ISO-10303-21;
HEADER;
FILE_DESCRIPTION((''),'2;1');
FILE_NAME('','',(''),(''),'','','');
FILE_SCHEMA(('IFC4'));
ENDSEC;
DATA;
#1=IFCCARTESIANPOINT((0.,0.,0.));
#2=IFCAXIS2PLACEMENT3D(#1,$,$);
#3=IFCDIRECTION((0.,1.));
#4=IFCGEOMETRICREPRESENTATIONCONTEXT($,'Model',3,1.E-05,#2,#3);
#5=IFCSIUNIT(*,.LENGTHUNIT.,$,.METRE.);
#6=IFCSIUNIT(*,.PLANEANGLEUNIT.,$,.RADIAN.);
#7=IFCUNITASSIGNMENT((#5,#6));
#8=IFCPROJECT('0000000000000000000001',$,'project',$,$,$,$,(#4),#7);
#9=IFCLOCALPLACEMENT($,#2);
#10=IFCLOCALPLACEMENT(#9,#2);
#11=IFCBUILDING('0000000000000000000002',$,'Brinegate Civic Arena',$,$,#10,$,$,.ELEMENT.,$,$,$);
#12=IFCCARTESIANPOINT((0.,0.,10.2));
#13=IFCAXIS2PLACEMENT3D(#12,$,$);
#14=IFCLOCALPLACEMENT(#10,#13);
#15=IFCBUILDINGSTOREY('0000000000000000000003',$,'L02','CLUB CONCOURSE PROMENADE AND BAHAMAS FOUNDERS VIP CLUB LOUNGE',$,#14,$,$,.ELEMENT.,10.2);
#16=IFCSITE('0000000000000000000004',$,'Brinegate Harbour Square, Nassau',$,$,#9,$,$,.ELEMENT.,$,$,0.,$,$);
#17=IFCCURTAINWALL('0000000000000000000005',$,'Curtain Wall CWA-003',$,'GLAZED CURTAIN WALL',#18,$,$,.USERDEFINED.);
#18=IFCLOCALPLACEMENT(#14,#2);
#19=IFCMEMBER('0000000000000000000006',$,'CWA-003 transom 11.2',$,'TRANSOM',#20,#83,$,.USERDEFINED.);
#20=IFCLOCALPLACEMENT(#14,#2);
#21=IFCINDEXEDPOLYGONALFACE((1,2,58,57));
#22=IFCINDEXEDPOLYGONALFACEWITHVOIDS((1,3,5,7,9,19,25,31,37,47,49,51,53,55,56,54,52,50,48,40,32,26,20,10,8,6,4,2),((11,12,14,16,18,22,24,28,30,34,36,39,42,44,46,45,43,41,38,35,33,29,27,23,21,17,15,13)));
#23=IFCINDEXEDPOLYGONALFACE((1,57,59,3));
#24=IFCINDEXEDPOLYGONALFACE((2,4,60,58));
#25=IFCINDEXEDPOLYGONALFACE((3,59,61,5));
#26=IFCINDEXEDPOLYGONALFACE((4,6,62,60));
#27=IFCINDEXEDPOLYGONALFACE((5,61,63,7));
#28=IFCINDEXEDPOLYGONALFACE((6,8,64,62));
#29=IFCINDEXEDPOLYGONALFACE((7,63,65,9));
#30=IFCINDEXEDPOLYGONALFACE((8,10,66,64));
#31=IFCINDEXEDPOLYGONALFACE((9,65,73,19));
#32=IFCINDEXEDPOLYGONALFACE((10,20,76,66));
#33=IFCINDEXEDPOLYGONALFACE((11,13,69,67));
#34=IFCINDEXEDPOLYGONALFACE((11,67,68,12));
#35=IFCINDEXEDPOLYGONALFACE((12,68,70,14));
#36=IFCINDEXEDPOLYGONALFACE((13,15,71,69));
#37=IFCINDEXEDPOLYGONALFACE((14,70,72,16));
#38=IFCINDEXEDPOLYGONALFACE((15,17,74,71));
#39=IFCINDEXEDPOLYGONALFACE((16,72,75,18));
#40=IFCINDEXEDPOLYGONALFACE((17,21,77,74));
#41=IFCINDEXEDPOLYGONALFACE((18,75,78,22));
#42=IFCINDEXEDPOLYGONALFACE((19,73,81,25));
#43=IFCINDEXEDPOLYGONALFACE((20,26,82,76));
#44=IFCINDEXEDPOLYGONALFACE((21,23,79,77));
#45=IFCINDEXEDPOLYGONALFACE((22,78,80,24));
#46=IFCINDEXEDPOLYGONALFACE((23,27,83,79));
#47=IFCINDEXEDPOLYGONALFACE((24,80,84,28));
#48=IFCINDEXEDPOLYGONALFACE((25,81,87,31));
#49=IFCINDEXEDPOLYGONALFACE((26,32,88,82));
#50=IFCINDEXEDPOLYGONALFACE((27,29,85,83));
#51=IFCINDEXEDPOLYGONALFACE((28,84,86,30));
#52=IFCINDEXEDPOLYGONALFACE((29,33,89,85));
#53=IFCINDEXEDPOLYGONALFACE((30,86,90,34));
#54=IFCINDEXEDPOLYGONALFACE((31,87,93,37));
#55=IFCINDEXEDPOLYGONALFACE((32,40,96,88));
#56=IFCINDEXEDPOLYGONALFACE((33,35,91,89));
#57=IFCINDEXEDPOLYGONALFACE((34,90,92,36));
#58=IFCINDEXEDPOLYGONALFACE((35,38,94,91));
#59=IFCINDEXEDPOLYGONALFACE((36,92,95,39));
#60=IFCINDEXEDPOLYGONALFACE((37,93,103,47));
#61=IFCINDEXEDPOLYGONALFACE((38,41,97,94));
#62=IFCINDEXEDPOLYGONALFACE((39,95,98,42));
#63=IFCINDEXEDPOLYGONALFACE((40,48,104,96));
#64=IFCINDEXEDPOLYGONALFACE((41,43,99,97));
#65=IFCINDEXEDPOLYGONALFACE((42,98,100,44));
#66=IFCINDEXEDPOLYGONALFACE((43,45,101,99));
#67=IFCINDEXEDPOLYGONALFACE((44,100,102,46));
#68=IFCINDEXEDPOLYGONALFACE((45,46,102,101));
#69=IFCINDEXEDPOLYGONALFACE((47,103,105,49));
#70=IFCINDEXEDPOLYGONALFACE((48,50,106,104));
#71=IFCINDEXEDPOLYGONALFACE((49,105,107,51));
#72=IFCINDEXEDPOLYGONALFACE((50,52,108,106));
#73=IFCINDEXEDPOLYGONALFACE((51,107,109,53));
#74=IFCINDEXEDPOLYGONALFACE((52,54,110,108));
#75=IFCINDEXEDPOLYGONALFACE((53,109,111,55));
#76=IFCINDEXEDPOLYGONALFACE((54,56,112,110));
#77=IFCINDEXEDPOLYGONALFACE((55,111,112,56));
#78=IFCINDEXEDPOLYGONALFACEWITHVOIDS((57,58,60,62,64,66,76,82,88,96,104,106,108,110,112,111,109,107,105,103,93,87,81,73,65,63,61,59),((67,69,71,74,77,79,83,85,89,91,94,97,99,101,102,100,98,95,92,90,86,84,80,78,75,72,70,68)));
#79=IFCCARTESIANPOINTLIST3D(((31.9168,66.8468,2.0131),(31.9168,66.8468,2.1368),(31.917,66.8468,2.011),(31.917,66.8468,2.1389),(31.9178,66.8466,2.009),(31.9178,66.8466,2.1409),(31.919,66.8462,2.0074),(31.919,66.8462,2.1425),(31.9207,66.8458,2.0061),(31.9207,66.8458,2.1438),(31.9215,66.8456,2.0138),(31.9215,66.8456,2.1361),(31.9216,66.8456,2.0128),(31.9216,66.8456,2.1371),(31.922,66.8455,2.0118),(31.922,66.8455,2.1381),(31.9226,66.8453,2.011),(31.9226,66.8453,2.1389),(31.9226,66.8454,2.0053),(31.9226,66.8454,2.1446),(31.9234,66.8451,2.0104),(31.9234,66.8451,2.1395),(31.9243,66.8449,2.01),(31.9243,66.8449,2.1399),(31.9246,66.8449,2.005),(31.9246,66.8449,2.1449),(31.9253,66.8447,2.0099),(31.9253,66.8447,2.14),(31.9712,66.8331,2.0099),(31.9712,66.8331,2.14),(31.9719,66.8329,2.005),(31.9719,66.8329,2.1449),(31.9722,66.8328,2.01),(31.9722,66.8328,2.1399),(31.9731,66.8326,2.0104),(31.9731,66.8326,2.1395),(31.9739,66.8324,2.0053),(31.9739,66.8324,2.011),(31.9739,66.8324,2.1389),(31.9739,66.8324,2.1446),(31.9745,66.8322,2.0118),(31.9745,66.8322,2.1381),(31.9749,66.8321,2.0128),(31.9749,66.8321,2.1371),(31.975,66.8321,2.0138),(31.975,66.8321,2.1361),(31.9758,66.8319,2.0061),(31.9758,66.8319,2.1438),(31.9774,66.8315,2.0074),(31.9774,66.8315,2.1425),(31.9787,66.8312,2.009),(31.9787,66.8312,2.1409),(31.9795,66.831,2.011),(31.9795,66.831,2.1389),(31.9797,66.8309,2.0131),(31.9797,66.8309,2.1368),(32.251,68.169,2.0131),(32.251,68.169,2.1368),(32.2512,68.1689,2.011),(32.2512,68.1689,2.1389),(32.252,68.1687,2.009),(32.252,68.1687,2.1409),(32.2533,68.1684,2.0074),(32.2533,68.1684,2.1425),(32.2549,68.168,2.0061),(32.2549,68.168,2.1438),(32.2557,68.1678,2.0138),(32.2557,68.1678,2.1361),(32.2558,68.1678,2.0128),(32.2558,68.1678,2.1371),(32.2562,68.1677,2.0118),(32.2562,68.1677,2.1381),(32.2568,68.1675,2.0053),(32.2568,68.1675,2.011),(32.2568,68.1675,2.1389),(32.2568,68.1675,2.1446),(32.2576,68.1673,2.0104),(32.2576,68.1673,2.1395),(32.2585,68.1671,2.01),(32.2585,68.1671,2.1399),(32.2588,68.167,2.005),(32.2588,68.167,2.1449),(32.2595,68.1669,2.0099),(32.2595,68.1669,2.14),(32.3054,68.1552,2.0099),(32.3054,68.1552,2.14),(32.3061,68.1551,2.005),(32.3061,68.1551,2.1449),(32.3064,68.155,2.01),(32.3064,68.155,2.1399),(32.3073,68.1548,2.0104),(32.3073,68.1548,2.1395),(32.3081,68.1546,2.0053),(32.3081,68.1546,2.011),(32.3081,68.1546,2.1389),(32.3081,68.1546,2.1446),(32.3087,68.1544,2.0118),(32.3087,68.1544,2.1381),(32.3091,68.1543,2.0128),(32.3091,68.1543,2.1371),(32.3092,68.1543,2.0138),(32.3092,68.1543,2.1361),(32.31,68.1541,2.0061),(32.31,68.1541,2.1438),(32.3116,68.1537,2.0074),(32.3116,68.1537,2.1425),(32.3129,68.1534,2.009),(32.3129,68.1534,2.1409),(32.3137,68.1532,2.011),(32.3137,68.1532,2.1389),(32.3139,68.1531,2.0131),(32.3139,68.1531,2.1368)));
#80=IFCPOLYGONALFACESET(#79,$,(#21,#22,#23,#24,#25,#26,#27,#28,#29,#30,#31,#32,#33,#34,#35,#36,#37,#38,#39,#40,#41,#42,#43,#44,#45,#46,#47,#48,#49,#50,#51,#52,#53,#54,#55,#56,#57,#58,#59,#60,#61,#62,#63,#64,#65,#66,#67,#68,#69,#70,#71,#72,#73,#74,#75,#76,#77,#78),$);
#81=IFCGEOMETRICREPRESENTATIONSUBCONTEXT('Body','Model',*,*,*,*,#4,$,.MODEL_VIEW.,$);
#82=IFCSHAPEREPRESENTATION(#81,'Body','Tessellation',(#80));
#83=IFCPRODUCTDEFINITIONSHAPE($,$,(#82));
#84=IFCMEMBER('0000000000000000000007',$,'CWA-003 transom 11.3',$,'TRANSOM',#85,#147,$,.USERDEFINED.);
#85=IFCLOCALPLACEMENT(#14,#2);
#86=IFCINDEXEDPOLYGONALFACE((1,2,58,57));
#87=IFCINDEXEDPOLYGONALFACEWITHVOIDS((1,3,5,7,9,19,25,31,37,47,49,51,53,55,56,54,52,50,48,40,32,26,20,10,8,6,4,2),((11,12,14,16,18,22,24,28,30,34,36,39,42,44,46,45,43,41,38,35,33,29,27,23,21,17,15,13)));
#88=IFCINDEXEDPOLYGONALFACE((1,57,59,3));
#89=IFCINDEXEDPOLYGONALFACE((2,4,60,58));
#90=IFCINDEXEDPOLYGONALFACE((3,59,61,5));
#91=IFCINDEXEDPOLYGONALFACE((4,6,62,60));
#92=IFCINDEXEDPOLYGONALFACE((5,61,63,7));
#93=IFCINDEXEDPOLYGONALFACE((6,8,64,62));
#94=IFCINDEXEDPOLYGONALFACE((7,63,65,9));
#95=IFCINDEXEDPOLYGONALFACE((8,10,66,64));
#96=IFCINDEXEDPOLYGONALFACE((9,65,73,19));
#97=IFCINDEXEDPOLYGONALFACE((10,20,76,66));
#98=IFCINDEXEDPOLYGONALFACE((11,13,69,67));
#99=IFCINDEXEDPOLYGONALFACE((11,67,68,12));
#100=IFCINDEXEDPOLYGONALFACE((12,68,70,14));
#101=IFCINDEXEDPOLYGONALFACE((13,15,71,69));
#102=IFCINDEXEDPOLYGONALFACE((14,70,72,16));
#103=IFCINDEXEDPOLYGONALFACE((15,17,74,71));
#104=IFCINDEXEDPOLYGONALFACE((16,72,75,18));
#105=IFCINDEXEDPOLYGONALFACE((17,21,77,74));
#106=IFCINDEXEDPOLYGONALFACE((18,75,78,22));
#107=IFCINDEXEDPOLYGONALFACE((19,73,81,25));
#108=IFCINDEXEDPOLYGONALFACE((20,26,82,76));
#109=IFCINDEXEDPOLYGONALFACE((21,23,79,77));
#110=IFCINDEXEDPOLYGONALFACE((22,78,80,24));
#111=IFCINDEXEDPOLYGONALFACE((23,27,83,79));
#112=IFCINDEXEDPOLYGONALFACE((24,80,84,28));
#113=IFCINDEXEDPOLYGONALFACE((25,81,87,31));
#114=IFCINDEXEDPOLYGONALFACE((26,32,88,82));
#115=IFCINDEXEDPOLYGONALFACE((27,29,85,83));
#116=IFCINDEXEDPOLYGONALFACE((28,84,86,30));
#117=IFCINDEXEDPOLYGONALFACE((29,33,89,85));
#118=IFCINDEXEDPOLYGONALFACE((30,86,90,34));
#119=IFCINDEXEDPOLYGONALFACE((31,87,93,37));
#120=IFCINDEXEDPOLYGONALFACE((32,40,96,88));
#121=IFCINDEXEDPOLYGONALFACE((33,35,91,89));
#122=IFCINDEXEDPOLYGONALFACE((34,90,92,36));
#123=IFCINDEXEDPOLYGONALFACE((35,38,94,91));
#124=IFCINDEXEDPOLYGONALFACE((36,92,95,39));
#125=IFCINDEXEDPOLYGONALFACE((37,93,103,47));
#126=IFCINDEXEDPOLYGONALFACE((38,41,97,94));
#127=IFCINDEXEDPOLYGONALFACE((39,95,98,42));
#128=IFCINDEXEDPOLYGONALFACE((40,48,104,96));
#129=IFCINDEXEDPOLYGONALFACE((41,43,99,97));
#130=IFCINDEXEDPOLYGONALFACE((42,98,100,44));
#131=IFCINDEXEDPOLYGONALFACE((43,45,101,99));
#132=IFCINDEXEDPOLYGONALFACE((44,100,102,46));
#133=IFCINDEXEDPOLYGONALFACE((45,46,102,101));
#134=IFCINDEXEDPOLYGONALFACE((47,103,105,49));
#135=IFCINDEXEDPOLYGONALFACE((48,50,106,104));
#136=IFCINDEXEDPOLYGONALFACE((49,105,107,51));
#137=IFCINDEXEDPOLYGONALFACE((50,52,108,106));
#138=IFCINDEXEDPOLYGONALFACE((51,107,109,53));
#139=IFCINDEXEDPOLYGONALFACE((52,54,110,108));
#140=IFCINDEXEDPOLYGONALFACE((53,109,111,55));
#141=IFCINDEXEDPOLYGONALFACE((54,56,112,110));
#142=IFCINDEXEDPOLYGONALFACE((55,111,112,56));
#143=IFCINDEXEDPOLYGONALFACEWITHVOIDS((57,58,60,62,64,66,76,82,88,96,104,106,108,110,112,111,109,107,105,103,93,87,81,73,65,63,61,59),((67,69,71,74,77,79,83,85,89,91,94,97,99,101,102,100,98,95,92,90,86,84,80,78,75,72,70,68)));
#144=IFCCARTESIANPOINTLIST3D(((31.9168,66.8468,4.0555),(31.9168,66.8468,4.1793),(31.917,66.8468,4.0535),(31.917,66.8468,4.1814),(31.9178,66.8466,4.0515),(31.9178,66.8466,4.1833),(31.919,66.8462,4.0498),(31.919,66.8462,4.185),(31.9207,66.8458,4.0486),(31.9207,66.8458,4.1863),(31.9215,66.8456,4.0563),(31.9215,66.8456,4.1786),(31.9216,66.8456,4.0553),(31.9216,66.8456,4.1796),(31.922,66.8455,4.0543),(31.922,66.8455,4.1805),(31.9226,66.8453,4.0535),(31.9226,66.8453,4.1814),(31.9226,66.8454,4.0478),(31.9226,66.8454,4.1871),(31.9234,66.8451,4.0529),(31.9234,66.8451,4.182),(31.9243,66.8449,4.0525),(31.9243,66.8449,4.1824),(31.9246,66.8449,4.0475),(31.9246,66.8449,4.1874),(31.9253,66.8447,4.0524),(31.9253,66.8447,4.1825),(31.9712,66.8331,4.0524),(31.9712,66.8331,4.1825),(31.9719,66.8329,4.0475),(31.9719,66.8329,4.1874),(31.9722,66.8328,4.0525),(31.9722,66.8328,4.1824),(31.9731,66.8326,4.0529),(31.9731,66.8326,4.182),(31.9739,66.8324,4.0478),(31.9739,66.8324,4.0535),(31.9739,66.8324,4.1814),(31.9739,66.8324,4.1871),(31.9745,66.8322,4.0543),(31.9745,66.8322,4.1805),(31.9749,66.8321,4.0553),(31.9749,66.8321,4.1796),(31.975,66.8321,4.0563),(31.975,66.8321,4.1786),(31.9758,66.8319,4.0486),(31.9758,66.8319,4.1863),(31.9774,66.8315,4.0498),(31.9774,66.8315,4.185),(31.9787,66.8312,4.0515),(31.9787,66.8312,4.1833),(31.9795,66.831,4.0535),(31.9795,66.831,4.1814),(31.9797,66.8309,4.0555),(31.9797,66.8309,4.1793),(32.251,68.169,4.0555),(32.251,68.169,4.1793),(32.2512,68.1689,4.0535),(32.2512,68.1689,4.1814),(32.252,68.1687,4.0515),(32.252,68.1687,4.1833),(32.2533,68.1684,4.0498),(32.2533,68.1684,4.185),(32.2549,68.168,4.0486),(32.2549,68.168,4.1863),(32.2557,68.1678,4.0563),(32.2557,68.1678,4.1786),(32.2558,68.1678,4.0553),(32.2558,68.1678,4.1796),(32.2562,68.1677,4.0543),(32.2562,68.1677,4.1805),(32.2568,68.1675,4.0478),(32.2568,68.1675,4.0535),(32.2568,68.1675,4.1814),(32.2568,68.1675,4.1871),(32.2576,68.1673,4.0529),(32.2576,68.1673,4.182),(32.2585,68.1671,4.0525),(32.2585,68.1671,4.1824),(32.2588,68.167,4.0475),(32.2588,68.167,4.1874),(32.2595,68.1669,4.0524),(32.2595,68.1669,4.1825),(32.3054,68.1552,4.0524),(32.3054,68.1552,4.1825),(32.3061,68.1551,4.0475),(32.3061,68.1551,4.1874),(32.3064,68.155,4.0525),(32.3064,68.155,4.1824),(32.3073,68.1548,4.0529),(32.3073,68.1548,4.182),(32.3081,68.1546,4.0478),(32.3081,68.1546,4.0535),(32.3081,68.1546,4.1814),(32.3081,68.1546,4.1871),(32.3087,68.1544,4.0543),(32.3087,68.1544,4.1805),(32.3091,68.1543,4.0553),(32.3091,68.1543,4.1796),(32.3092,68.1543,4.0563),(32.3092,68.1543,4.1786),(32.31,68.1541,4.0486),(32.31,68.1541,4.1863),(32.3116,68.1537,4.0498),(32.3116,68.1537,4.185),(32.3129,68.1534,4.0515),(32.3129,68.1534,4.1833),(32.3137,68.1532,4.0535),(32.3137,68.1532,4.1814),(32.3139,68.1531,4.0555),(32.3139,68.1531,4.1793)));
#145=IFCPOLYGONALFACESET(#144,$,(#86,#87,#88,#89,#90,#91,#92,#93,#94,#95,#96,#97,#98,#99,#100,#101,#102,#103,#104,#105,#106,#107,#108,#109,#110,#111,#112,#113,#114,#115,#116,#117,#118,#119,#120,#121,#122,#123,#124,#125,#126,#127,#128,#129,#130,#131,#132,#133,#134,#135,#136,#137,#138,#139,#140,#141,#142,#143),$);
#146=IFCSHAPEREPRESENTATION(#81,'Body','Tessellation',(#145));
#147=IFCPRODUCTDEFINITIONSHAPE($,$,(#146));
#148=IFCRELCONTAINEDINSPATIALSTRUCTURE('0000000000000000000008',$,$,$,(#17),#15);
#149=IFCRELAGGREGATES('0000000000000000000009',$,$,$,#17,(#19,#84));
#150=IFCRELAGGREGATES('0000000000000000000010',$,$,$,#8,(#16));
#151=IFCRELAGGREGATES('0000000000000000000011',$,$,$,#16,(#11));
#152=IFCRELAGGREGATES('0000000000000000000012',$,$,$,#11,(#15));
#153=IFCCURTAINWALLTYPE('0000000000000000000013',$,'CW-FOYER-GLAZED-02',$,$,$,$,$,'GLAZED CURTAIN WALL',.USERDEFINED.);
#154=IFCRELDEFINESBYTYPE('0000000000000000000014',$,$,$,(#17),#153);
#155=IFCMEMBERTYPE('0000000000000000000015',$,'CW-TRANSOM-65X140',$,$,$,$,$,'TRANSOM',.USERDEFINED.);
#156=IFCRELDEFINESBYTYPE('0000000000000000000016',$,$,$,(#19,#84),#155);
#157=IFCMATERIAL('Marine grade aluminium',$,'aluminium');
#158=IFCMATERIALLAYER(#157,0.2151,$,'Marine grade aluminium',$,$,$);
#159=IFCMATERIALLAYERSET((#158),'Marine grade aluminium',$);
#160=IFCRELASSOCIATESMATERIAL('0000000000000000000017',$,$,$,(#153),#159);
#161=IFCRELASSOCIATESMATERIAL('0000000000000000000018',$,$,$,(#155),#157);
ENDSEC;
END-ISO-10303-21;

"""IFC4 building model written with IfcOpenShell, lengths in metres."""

from ifc_helpers import new_model, si_unit, direction, frame, origin, origin_2d, place, context, subcontext, project, spatial, hollow_rectangle, extrude, material, layer, layer_set, material_profile, profile_set, type_object, element, aggregate, save


model = new_model("IFC4")

# Units and contexts
model_context = context("Model", 3, precision=1e-05, world=origin(), true_north=direction((0.0, 1.0)))
body_context = subcontext(model_context, "Body", "Model", "MODEL_VIEW")
ifc_project = project(units=[si_unit("LENGTHUNIT", "METRE"), si_unit("PLANEANGLEUNIT", "RADIAN")], contexts=[model_context])

# Site, building, storey
site_placement = place(None, origin())
site = spatial("IfcSite", under=ifc_project, at=site_placement, Name="Brinegate Harbour Square, Nassau", CompositionType="ELEMENT", RefElevation=0.0)
building_placement = place(site_placement, origin())
building = spatial("IfcBuilding", under=site, at=building_placement, Name="Brinegate Civic Arena", CompositionType="ELEMENT")
storey_placement = place(building_placement, frame((0.0, 0.0, 10.2)))
storey = spatial("IfcBuildingStorey", under=building, at=storey_placement, Name="L02", Description="CLUB CONCOURSE PROMENADE AND BAHAMAS FOUNDERS VIP CLUB LOUNGE", CompositionType="ELEMENT", Elevation=10.2)

# Curtain wall, members
ifc_material_1 = material(Name="Marine grade aluminium", Category="aluminium")
ifc_layer_1 = layer(ifc_material_1, 0.2151, Name="Marine grade aluminium")
ifc_layer_set_1 = layer_set([ifc_layer_1], Name="Marine grade aluminium")
curtain_wall_type_1 = type_object("IfcCurtainWallType", Name="CW-FOYER-GLAZED-02", ElementType="GLAZED CURTAIN WALL", PredefinedType="USERDEFINED", material=ifc_layer_set_1)
curtain_wall_1_placement = place(storey_placement, origin())
curtain_wall_1 = element("IfcCurtainWall", 1, at=curtain_wall_1_placement, inside=storey, type_object=curtain_wall_type_1, Name="Curtain Wall CWA-003", ObjectType="GLAZED CURTAIN WALL", PredefinedType="USERDEFINED")
ifc_material_profile_1 = material_profile(ifc_material_1, hollow_rectangle(XDim=0.0649, YDim=0.1399, WallThickness=0.0049, InnerFilletRadius=0.0039, OuterFilletRadius=0.0081, at=origin_2d()), Name="TRN65X140")
ifc_profile_set_1 = profile_set([ifc_material_profile_1], Name="Marine grade aluminium")
member_type_1 = type_object("IfcMemberType", Name="CW-TRANSOM-65X140", ElementType="TRANSOM", PredefinedType="USERDEFINED", material=ifc_profile_set_1)
member_1_placement = place(storey_placement, frame((31.9482, 66.8389, 2.075), z_axis=(0.245062, 0.969507, 0.0), x_axis=(-0.969507, 0.245062, 0.0)))
member_1 = element("IfcMember", 2, at=member_1_placement, type_object=member_type_1, Name="CWA-003 transom 11.2", ObjectType="TRANSOM", PredefinedType="USERDEFINED", context=body_context, shape_type="SweptSolid", body=[
    extrude(hollow_rectangle(XDim=0.0649, YDim=0.1399, WallThickness=0.0049, InnerFilletRadius=0.0039, OuterFilletRadius=0.0081, at=origin_2d()), origin(), (0.0, 0.0, 1.0), 1.3638),
])
member_2_placement = place(storey_placement, frame((31.9482, 66.8389, 4.1174), z_axis=(0.245062, 0.969507, 0.0), x_axis=(-0.969507, 0.245062, 0.0)))
member_2 = element("IfcMember", 3, at=member_2_placement, type_object=member_type_1, Name="CWA-003 transom 11.3", ObjectType="TRANSOM", PredefinedType="USERDEFINED", context=body_context, shape_type="SweptSolid", body=[
    extrude(hollow_rectangle(XDim=0.0649, YDim=0.1399, WallThickness=0.0049, InnerFilletRadius=0.0039, OuterFilletRadius=0.0081, at=origin_2d()), origin(), (0.0, 0.0, 1.0), 1.3638),
])

aggregate(curtain_wall_1, [member_1, member_2])

save(model, "model.ifc")
